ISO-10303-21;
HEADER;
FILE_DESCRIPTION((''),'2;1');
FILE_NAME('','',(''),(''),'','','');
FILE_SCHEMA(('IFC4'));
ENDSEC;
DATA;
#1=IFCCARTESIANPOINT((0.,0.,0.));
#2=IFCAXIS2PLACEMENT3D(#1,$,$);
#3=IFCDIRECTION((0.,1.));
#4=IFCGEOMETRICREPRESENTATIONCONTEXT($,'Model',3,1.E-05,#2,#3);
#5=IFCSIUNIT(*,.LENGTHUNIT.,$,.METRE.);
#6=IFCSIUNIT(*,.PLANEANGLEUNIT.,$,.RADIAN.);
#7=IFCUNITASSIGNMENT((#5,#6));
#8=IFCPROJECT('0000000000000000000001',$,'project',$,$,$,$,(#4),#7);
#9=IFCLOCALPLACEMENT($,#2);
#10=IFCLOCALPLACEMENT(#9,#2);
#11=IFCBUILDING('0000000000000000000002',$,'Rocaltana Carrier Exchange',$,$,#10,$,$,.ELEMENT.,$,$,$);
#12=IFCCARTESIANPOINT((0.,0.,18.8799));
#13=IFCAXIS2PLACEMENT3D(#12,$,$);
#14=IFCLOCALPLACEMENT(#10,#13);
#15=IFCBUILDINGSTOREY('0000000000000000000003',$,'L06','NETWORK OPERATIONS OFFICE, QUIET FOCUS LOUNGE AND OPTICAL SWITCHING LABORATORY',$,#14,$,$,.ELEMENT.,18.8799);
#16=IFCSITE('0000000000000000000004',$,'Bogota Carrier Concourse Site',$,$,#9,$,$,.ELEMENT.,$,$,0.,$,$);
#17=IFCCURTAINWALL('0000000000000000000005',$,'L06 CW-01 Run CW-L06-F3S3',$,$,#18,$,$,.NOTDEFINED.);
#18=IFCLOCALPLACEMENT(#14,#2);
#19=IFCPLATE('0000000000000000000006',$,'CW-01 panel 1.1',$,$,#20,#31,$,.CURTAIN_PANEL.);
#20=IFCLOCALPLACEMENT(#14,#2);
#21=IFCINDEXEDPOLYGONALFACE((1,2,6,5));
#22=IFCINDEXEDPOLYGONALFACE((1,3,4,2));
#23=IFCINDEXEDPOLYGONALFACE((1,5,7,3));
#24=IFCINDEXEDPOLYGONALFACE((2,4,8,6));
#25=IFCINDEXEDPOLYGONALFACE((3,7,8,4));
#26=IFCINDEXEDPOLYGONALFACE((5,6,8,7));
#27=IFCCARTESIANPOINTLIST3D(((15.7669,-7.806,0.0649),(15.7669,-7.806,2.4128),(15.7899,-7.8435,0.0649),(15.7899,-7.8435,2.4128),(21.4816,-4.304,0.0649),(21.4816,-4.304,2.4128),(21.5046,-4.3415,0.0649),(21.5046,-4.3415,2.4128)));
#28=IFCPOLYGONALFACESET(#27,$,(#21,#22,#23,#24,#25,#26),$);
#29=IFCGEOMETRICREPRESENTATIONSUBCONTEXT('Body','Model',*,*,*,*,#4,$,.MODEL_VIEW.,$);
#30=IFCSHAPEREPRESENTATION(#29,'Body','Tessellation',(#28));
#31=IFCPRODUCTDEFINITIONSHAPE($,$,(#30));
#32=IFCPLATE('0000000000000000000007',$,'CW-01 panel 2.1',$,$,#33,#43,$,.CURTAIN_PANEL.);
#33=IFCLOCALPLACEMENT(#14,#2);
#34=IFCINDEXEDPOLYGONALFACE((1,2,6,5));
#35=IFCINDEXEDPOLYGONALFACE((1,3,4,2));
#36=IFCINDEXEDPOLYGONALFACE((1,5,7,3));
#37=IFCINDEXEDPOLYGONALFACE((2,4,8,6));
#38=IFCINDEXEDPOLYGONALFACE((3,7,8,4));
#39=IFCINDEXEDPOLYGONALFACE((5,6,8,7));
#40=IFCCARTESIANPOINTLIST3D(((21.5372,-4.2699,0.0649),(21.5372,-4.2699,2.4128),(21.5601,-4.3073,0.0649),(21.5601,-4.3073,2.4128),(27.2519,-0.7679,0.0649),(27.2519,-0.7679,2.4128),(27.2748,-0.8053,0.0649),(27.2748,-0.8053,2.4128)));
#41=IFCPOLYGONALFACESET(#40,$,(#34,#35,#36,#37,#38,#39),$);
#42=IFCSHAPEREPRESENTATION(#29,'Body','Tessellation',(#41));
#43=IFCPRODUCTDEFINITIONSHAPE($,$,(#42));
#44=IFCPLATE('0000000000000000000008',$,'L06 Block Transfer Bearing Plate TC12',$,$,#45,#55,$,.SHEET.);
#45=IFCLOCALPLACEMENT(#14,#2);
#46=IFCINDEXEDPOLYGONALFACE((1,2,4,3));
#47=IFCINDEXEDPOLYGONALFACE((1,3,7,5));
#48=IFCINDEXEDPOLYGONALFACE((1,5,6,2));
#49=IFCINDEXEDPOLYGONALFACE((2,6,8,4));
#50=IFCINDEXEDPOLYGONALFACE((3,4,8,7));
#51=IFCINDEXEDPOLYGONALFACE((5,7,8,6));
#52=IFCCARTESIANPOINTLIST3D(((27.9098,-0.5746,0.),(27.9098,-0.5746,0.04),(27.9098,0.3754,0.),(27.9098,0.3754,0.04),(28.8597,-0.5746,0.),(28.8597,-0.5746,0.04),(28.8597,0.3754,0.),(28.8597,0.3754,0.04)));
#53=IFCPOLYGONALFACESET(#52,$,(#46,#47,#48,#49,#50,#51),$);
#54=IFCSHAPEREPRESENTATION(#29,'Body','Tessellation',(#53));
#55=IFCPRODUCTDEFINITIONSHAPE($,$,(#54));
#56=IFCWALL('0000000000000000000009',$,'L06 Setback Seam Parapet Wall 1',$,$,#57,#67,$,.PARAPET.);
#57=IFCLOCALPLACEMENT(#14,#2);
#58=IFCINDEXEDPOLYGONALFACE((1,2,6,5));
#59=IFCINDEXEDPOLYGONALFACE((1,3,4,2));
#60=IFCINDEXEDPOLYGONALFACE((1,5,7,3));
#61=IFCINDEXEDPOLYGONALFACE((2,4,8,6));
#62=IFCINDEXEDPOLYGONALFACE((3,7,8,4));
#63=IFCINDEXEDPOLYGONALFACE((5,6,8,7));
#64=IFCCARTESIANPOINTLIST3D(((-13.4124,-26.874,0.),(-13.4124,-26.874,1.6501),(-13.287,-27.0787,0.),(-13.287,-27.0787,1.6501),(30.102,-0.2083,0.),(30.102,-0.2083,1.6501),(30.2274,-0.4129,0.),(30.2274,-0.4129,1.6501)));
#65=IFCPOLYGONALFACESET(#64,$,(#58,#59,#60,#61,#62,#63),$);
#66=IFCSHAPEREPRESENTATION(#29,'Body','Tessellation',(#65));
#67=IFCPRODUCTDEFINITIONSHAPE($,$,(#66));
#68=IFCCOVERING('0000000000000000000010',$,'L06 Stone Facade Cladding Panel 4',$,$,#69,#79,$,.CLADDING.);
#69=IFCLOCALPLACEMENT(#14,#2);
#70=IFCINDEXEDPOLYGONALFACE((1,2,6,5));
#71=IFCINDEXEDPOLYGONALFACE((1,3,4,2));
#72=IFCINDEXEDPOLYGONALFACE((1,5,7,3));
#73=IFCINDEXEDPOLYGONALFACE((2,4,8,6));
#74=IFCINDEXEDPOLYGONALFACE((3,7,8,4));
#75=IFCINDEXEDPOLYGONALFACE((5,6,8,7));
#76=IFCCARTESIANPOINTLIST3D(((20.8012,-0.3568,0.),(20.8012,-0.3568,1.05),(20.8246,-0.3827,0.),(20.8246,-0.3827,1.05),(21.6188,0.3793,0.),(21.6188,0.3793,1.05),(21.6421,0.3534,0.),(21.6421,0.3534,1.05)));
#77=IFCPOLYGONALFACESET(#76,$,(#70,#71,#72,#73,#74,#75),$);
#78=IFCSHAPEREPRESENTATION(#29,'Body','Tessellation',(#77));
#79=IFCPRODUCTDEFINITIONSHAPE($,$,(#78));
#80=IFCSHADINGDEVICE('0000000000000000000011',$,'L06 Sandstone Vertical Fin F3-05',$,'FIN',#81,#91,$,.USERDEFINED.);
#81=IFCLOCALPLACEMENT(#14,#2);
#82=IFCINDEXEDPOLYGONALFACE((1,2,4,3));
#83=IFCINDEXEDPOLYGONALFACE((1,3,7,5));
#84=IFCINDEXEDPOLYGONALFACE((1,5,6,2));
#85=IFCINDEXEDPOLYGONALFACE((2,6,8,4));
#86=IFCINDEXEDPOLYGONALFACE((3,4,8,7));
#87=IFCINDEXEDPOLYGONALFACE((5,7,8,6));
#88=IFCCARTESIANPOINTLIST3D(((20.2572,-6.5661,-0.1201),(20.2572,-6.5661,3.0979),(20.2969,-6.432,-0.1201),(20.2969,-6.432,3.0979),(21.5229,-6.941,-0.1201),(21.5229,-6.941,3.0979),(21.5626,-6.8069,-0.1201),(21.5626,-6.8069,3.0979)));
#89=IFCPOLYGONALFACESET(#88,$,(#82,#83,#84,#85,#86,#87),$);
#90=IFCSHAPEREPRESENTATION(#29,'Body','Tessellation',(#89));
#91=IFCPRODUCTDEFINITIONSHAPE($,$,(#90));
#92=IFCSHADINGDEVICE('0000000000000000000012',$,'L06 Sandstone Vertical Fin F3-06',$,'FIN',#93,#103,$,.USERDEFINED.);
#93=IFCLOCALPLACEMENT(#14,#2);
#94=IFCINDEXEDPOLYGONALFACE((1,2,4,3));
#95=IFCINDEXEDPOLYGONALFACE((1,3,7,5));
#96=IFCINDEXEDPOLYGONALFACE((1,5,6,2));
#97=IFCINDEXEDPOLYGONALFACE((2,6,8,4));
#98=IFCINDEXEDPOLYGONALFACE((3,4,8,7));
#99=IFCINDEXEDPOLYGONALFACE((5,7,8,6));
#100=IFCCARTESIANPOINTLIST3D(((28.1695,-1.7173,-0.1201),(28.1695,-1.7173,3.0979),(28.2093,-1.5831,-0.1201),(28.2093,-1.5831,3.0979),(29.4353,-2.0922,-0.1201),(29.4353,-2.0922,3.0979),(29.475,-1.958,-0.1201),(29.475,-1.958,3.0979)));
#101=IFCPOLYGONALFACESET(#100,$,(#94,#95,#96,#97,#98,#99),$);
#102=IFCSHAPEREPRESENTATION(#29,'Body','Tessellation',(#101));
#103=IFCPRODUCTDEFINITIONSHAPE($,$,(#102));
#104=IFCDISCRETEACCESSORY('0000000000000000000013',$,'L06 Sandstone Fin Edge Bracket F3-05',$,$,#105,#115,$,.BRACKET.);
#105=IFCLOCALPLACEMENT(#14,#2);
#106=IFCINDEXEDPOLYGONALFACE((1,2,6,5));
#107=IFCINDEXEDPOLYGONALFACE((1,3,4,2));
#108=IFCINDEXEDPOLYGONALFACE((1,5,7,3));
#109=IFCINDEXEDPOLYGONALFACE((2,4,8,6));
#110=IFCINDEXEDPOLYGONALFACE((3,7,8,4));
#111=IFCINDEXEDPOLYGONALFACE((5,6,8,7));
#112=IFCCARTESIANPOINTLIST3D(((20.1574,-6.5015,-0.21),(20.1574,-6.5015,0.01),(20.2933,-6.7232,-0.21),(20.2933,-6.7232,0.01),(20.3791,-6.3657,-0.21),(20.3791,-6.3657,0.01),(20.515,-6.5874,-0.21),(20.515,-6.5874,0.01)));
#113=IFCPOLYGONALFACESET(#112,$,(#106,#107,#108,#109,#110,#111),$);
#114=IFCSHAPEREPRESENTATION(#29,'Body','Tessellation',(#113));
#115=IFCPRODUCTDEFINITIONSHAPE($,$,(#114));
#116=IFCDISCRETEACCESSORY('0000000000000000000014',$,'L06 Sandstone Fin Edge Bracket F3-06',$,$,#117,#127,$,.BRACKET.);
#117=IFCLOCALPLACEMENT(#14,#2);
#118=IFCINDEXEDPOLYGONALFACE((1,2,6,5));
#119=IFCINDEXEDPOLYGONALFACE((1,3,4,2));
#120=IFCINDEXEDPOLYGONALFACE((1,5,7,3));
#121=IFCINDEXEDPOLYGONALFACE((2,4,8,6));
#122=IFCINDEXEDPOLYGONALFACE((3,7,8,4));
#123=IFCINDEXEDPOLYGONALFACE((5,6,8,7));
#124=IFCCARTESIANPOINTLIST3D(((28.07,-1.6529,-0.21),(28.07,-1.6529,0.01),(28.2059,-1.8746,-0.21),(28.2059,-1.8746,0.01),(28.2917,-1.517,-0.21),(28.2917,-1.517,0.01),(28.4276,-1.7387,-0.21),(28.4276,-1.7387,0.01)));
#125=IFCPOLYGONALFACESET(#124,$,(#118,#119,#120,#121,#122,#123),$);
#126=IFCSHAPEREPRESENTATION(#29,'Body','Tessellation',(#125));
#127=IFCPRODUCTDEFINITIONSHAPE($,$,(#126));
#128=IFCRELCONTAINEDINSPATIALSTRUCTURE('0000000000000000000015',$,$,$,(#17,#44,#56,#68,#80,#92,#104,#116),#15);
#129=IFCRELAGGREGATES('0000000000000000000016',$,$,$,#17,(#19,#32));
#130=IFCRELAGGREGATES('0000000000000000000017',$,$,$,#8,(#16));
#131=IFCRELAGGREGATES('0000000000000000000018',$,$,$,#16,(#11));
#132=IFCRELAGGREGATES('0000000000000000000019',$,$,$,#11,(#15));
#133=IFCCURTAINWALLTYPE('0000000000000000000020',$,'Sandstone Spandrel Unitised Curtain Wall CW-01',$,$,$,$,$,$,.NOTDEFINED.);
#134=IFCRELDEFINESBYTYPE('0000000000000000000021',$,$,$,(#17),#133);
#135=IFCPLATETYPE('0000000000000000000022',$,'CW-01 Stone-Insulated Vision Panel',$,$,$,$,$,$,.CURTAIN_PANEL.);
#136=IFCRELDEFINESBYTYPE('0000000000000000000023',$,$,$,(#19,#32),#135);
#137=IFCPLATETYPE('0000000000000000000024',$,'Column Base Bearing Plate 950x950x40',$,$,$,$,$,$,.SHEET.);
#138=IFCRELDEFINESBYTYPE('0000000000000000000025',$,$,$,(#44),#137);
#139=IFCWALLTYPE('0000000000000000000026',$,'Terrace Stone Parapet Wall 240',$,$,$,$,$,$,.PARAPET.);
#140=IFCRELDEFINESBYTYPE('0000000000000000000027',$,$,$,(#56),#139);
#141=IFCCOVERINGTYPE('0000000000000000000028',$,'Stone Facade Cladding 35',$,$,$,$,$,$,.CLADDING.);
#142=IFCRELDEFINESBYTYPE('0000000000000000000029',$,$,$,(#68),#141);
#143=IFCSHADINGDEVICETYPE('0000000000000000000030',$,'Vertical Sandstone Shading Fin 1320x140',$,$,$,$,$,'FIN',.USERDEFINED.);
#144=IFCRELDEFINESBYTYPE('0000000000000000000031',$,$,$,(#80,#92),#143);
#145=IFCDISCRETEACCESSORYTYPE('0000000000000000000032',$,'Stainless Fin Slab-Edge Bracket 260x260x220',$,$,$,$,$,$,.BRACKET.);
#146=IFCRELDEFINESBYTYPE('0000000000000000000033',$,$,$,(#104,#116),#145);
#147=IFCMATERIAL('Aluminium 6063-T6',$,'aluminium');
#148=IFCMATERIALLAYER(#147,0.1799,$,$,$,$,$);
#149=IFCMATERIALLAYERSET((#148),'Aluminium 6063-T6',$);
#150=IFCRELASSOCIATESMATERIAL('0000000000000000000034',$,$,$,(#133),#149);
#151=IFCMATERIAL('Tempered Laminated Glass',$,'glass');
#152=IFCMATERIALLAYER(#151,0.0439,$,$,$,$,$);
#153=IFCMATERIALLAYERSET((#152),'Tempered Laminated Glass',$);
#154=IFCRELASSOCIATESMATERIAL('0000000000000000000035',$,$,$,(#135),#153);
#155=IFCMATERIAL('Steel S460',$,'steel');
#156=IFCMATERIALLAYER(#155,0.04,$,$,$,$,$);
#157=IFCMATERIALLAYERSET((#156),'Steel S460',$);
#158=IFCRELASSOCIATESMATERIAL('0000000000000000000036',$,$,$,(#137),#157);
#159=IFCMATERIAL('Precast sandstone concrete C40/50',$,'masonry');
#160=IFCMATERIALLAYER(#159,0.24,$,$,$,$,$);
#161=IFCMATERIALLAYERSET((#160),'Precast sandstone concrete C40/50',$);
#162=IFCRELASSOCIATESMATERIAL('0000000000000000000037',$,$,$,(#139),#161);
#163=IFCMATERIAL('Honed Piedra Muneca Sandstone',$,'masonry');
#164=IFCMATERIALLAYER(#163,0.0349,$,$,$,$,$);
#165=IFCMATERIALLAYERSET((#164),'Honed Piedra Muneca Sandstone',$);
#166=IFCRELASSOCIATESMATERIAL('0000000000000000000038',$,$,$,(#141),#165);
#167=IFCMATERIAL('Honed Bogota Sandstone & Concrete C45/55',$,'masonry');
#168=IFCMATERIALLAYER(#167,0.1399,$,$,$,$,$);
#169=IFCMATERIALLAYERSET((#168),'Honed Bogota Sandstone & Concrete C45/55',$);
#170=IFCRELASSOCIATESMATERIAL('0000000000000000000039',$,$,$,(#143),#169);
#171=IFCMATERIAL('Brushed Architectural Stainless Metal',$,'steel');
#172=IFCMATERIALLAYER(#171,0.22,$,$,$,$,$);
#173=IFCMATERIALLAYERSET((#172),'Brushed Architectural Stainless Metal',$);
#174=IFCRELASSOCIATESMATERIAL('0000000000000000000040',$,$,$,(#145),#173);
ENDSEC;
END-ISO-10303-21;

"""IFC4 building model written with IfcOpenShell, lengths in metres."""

from ifc_helpers import new_model, si_unit, direction, frame, frame_2d, origin, origin_2d, place, context, subcontext, project, spatial, rectangle, extrude, material, layer, layer_set, type_object, element, aggregate, save


model = new_model("IFC4")

# Units and contexts
model_context = context("Model", 3, precision=1e-05, world=origin(), true_north=direction((0.0, 1.0)))
body_context = subcontext(model_context, "Body", "Model", "MODEL_VIEW")
ifc_project = project(units=[si_unit("LENGTHUNIT", "METRE"), si_unit("PLANEANGLEUNIT", "RADIAN")], contexts=[model_context])

# Site, building, storey
site_placement = place(None, origin())
site = spatial("IfcSite", under=ifc_project, at=site_placement, Name="Bogota Carrier Concourse Site", CompositionType="ELEMENT", RefElevation=0.0)
building_placement = place(site_placement, origin())
building = spatial("IfcBuilding", under=site, at=building_placement, Name="Rocaltana Carrier Exchange", CompositionType="ELEMENT")
storey_placement = place(building_placement, frame((0.0, 0.0, 18.8799)))
storey = spatial("IfcBuildingStorey", under=building, at=storey_placement, Name="L06", Description="NETWORK OPERATIONS OFFICE, QUIET FOCUS LOUNGE AND OPTICAL SWITCHING LABORATORY", CompositionType="ELEMENT", Elevation=18.8799)

# Curtain wall
ifc_material_1 = material(Name="Aluminium 6063-T6", Category="aluminium")
ifc_layer_1 = layer(ifc_material_1, 0.1799)
ifc_layer_set_1 = layer_set([ifc_layer_1], Name="Aluminium 6063-T6")
curtain_wall_type = type_object("IfcCurtainWallType", Name="Sandstone Spandrel Unitised Curtain Wall CW-01", PredefinedType="NOTDEFINED", material=ifc_layer_set_1)
curtain_wall_placement = place(storey_placement, origin())
curtain_wall = element("IfcCurtainWall", 1, at=curtain_wall_placement, inside=storey, type_object=curtain_wall_type, Name="L06 CW-01 Run CW-L06-F3S3", PredefinedType="NOTDEFINED")

# Plates
ifc_material_2 = material(Name="Tempered Laminated Glass", Category="glass")
ifc_layer_2 = layer(ifc_material_2, 0.0439)
ifc_layer_set_2 = layer_set([ifc_layer_2], Name="Tempered Laminated Glass")
plate_type_1 = type_object("IfcPlateType", Name="CW-01 Stone-Insulated Vision Panel", PredefinedType="CURTAIN_PANEL", material=ifc_layer_set_2)
plate_1_placement = place(storey_placement, frame((18.6357, -6.0737, 0.0649), z_axis=(0.0, 0.0, 1.0), x_axis=(0.852639, 0.5225, 0.0)))
plate_1 = element("IfcPlate", 2, at=plate_1_placement, type_object=plate_type_1, Name="CW-01 panel 1.1", PredefinedType="CURTAIN_PANEL", context=body_context, shape_type="SweptSolid", body=[
    extrude(rectangle(XDim=6.7024, YDim=0.0439, at=origin_2d()), origin(), (0.0, 0.0, 1.0), 2.3479),
])
plate_2_placement = place(storey_placement, frame((24.406, -2.5376, 0.0649), z_axis=(0.0, 0.0, 1.0), x_axis=(0.852639, 0.5225, 0.0)))
plate_2 = element("IfcPlate", 3, at=plate_2_placement, type_object=plate_type_1, Name="CW-01 panel 2.1", PredefinedType="CURTAIN_PANEL", context=body_context, shape_type="SweptSolid", body=[
    extrude(rectangle(XDim=6.7024, YDim=0.0439, at=origin_2d()), origin(), (0.0, 0.0, 1.0), 2.3479),
])
aggregate(curtain_wall, [plate_1, plate_2])
ifc_material_3 = material(Name="Steel S460", Category="steel")
ifc_layer_3 = layer(ifc_material_3, 0.04)
ifc_layer_set_3 = layer_set([ifc_layer_3], Name="Steel S460")
plate_type_2 = type_object("IfcPlateType", Name="Column Base Bearing Plate 950x950x40", PredefinedType="SHEET", material=ifc_layer_set_3)
plate_3_placement = place(storey_placement, frame((28.3848, -0.0996, 0.0), z_axis=(0.0, 0.0, 1.0), x_axis=(1.0, 0.0, 0.0)))
element("IfcPlate", 4, at=plate_3_placement, inside=storey, type_object=plate_type_2, Name="L06 Block Transfer Bearing Plate TC12", PredefinedType="SHEET", context=body_context, shape_type="SweptSolid", body=[
    extrude(rectangle(XDim=0.95, YDim=0.95, at=origin_2d()), origin(), (0.0, 0.0, 1.0), 0.04),
])

# Wall
ifc_material_4 = material(Name="Precast sandstone concrete C40/50", Category="masonry")
ifc_layer_4 = layer(ifc_material_4, 0.24)
ifc_layer_set_4 = layer_set([ifc_layer_4], Name="Precast sandstone concrete C40/50")
wall_type = type_object("IfcWallType", Name="Terrace Stone Parapet Wall 240", PredefinedType="PARAPET", material=ifc_layer_set_4)
wall_placement = place(storey_placement, frame((30.1648, -0.3105, 0.0), z_axis=(0.0, 0.0, 1.0), x_axis=(-0.852639, -0.5225, 0.0)))
element("IfcWall", 5, at=wall_placement, inside=storey, type_object=wall_type, Name="L06 Setback Seam Parapet Wall 1", PredefinedType="PARAPET", context=body_context, shape_type="SweptSolid", body=[
    extrude(rectangle(XDim=51.0349, YDim=0.24, at=frame_2d((25.5176, 0.0))), origin(), (0.0, 0.0, 1.0), 1.6501),
])

# Covering
ifc_material_5 = material(Name="Honed Piedra Muneca Sandstone", Category="masonry")
ifc_layer_5 = layer(ifc_material_5, 0.0349)
ifc_layer_set_5 = layer_set([ifc_layer_5], Name="Honed Piedra Muneca Sandstone")
covering_type = type_object("IfcCoveringType", Name="Stone Facade Cladding 35", PredefinedType="CLADDING", material=ifc_layer_set_5)
covering_placement = place(storey_placement, frame((21.2217, -0.0017, 0.0), z_axis=(0.0, 0.0, 1.0), x_axis=(0.743145, 0.669131, 0.0)))
element("IfcCovering", 6, at=covering_placement, inside=storey, type_object=covering_type, Name="L06 Stone Facade Cladding Panel 4", PredefinedType="CLADDING", context=body_context, shape_type="SweptSolid", body=[
    extrude(rectangle(XDim=1.1001, YDim=0.0349, at=origin_2d()), origin(), (0.0, 0.0, 1.0), 1.05),
])

# Shading devices
ifc_material_6 = material(Name="Honed Bogota Sandstone & Concrete C45/55", Category="masonry")
ifc_layer_6 = layer(ifc_material_6, 0.1399)
ifc_layer_set_6 = layer_set([ifc_layer_6], Name="Honed Bogota Sandstone & Concrete C45/55")
shading_device_type = type_object("IfcShadingDeviceType", Name="Vertical Sandstone Shading Fin 1320x140", ElementType="FIN", PredefinedType="USERDEFINED", material=ifc_layer_set_6)
for number, where, z_axis, x_axis, name in (
    (7, (20.9099, -6.6865, -0.1201), (0.0, 0.0, 1.0), (0.95882, -0.284015, 0.0), "L06 Sandstone Vertical Fin F3-05"),
    (8, (28.8223, -1.8376, -0.1201), (0.0, 0.0, 1.0), (0.95882, -0.284015, 0.0), "L06 Sandstone Vertical Fin F3-06"),
):
    element("IfcShadingDevice", number, at=place(storey_placement, frame(where, z_axis=z_axis, x_axis=x_axis)), inside=storey, type_object=shading_device_type, Name=name, ObjectType="FIN", PredefinedType="USERDEFINED", context=body_context, shape_type="SweptSolid", body=[
        extrude(rectangle(XDim=1.3201, YDim=0.1399, at=origin_2d()), origin(), (0.0, 0.0, 1.0), 3.218),
    ])

# Discrete accessories
ifc_material_7 = material(Name="Brushed Architectural Stainless Metal", Category="steel")
ifc_layer_7 = layer(ifc_material_7, 0.22)
ifc_layer_set_7 = layer_set([ifc_layer_7], Name="Brushed Architectural Stainless Metal")
discrete_accessory_type = type_object("IfcDiscreteAccessoryType", Name="Stainless Fin Slab-Edge Bracket 260x260x220", PredefinedType="BRACKET", material=ifc_layer_set_7)
for number, where, z_axis, x_axis, name in (
    (9, (20.3362, -6.5444, -0.21), (0.0, 0.0, 1.0), (0.85264, 0.522499, 0.0), "L06 Sandstone Fin Edge Bracket F3-05"),
    (10, (28.2488, -1.6958, -0.21), (0.0, 0.0, 1.0), (0.85264, 0.522499, 0.0), "L06 Sandstone Fin Edge Bracket F3-06"),
):
    element("IfcDiscreteAccessory", number, at=place(storey_placement, frame(where, z_axis=z_axis, x_axis=x_axis)), inside=storey, type_object=discrete_accessory_type, Name=name, PredefinedType="BRACKET", context=body_context, shape_type="SweptSolid", body=[
        extrude(rectangle(XDim=0.26, YDim=0.26, at=origin_2d()), origin(), (0.0, 0.0, 1.0), 0.22),
    ])

save(model, "model.ifc")
